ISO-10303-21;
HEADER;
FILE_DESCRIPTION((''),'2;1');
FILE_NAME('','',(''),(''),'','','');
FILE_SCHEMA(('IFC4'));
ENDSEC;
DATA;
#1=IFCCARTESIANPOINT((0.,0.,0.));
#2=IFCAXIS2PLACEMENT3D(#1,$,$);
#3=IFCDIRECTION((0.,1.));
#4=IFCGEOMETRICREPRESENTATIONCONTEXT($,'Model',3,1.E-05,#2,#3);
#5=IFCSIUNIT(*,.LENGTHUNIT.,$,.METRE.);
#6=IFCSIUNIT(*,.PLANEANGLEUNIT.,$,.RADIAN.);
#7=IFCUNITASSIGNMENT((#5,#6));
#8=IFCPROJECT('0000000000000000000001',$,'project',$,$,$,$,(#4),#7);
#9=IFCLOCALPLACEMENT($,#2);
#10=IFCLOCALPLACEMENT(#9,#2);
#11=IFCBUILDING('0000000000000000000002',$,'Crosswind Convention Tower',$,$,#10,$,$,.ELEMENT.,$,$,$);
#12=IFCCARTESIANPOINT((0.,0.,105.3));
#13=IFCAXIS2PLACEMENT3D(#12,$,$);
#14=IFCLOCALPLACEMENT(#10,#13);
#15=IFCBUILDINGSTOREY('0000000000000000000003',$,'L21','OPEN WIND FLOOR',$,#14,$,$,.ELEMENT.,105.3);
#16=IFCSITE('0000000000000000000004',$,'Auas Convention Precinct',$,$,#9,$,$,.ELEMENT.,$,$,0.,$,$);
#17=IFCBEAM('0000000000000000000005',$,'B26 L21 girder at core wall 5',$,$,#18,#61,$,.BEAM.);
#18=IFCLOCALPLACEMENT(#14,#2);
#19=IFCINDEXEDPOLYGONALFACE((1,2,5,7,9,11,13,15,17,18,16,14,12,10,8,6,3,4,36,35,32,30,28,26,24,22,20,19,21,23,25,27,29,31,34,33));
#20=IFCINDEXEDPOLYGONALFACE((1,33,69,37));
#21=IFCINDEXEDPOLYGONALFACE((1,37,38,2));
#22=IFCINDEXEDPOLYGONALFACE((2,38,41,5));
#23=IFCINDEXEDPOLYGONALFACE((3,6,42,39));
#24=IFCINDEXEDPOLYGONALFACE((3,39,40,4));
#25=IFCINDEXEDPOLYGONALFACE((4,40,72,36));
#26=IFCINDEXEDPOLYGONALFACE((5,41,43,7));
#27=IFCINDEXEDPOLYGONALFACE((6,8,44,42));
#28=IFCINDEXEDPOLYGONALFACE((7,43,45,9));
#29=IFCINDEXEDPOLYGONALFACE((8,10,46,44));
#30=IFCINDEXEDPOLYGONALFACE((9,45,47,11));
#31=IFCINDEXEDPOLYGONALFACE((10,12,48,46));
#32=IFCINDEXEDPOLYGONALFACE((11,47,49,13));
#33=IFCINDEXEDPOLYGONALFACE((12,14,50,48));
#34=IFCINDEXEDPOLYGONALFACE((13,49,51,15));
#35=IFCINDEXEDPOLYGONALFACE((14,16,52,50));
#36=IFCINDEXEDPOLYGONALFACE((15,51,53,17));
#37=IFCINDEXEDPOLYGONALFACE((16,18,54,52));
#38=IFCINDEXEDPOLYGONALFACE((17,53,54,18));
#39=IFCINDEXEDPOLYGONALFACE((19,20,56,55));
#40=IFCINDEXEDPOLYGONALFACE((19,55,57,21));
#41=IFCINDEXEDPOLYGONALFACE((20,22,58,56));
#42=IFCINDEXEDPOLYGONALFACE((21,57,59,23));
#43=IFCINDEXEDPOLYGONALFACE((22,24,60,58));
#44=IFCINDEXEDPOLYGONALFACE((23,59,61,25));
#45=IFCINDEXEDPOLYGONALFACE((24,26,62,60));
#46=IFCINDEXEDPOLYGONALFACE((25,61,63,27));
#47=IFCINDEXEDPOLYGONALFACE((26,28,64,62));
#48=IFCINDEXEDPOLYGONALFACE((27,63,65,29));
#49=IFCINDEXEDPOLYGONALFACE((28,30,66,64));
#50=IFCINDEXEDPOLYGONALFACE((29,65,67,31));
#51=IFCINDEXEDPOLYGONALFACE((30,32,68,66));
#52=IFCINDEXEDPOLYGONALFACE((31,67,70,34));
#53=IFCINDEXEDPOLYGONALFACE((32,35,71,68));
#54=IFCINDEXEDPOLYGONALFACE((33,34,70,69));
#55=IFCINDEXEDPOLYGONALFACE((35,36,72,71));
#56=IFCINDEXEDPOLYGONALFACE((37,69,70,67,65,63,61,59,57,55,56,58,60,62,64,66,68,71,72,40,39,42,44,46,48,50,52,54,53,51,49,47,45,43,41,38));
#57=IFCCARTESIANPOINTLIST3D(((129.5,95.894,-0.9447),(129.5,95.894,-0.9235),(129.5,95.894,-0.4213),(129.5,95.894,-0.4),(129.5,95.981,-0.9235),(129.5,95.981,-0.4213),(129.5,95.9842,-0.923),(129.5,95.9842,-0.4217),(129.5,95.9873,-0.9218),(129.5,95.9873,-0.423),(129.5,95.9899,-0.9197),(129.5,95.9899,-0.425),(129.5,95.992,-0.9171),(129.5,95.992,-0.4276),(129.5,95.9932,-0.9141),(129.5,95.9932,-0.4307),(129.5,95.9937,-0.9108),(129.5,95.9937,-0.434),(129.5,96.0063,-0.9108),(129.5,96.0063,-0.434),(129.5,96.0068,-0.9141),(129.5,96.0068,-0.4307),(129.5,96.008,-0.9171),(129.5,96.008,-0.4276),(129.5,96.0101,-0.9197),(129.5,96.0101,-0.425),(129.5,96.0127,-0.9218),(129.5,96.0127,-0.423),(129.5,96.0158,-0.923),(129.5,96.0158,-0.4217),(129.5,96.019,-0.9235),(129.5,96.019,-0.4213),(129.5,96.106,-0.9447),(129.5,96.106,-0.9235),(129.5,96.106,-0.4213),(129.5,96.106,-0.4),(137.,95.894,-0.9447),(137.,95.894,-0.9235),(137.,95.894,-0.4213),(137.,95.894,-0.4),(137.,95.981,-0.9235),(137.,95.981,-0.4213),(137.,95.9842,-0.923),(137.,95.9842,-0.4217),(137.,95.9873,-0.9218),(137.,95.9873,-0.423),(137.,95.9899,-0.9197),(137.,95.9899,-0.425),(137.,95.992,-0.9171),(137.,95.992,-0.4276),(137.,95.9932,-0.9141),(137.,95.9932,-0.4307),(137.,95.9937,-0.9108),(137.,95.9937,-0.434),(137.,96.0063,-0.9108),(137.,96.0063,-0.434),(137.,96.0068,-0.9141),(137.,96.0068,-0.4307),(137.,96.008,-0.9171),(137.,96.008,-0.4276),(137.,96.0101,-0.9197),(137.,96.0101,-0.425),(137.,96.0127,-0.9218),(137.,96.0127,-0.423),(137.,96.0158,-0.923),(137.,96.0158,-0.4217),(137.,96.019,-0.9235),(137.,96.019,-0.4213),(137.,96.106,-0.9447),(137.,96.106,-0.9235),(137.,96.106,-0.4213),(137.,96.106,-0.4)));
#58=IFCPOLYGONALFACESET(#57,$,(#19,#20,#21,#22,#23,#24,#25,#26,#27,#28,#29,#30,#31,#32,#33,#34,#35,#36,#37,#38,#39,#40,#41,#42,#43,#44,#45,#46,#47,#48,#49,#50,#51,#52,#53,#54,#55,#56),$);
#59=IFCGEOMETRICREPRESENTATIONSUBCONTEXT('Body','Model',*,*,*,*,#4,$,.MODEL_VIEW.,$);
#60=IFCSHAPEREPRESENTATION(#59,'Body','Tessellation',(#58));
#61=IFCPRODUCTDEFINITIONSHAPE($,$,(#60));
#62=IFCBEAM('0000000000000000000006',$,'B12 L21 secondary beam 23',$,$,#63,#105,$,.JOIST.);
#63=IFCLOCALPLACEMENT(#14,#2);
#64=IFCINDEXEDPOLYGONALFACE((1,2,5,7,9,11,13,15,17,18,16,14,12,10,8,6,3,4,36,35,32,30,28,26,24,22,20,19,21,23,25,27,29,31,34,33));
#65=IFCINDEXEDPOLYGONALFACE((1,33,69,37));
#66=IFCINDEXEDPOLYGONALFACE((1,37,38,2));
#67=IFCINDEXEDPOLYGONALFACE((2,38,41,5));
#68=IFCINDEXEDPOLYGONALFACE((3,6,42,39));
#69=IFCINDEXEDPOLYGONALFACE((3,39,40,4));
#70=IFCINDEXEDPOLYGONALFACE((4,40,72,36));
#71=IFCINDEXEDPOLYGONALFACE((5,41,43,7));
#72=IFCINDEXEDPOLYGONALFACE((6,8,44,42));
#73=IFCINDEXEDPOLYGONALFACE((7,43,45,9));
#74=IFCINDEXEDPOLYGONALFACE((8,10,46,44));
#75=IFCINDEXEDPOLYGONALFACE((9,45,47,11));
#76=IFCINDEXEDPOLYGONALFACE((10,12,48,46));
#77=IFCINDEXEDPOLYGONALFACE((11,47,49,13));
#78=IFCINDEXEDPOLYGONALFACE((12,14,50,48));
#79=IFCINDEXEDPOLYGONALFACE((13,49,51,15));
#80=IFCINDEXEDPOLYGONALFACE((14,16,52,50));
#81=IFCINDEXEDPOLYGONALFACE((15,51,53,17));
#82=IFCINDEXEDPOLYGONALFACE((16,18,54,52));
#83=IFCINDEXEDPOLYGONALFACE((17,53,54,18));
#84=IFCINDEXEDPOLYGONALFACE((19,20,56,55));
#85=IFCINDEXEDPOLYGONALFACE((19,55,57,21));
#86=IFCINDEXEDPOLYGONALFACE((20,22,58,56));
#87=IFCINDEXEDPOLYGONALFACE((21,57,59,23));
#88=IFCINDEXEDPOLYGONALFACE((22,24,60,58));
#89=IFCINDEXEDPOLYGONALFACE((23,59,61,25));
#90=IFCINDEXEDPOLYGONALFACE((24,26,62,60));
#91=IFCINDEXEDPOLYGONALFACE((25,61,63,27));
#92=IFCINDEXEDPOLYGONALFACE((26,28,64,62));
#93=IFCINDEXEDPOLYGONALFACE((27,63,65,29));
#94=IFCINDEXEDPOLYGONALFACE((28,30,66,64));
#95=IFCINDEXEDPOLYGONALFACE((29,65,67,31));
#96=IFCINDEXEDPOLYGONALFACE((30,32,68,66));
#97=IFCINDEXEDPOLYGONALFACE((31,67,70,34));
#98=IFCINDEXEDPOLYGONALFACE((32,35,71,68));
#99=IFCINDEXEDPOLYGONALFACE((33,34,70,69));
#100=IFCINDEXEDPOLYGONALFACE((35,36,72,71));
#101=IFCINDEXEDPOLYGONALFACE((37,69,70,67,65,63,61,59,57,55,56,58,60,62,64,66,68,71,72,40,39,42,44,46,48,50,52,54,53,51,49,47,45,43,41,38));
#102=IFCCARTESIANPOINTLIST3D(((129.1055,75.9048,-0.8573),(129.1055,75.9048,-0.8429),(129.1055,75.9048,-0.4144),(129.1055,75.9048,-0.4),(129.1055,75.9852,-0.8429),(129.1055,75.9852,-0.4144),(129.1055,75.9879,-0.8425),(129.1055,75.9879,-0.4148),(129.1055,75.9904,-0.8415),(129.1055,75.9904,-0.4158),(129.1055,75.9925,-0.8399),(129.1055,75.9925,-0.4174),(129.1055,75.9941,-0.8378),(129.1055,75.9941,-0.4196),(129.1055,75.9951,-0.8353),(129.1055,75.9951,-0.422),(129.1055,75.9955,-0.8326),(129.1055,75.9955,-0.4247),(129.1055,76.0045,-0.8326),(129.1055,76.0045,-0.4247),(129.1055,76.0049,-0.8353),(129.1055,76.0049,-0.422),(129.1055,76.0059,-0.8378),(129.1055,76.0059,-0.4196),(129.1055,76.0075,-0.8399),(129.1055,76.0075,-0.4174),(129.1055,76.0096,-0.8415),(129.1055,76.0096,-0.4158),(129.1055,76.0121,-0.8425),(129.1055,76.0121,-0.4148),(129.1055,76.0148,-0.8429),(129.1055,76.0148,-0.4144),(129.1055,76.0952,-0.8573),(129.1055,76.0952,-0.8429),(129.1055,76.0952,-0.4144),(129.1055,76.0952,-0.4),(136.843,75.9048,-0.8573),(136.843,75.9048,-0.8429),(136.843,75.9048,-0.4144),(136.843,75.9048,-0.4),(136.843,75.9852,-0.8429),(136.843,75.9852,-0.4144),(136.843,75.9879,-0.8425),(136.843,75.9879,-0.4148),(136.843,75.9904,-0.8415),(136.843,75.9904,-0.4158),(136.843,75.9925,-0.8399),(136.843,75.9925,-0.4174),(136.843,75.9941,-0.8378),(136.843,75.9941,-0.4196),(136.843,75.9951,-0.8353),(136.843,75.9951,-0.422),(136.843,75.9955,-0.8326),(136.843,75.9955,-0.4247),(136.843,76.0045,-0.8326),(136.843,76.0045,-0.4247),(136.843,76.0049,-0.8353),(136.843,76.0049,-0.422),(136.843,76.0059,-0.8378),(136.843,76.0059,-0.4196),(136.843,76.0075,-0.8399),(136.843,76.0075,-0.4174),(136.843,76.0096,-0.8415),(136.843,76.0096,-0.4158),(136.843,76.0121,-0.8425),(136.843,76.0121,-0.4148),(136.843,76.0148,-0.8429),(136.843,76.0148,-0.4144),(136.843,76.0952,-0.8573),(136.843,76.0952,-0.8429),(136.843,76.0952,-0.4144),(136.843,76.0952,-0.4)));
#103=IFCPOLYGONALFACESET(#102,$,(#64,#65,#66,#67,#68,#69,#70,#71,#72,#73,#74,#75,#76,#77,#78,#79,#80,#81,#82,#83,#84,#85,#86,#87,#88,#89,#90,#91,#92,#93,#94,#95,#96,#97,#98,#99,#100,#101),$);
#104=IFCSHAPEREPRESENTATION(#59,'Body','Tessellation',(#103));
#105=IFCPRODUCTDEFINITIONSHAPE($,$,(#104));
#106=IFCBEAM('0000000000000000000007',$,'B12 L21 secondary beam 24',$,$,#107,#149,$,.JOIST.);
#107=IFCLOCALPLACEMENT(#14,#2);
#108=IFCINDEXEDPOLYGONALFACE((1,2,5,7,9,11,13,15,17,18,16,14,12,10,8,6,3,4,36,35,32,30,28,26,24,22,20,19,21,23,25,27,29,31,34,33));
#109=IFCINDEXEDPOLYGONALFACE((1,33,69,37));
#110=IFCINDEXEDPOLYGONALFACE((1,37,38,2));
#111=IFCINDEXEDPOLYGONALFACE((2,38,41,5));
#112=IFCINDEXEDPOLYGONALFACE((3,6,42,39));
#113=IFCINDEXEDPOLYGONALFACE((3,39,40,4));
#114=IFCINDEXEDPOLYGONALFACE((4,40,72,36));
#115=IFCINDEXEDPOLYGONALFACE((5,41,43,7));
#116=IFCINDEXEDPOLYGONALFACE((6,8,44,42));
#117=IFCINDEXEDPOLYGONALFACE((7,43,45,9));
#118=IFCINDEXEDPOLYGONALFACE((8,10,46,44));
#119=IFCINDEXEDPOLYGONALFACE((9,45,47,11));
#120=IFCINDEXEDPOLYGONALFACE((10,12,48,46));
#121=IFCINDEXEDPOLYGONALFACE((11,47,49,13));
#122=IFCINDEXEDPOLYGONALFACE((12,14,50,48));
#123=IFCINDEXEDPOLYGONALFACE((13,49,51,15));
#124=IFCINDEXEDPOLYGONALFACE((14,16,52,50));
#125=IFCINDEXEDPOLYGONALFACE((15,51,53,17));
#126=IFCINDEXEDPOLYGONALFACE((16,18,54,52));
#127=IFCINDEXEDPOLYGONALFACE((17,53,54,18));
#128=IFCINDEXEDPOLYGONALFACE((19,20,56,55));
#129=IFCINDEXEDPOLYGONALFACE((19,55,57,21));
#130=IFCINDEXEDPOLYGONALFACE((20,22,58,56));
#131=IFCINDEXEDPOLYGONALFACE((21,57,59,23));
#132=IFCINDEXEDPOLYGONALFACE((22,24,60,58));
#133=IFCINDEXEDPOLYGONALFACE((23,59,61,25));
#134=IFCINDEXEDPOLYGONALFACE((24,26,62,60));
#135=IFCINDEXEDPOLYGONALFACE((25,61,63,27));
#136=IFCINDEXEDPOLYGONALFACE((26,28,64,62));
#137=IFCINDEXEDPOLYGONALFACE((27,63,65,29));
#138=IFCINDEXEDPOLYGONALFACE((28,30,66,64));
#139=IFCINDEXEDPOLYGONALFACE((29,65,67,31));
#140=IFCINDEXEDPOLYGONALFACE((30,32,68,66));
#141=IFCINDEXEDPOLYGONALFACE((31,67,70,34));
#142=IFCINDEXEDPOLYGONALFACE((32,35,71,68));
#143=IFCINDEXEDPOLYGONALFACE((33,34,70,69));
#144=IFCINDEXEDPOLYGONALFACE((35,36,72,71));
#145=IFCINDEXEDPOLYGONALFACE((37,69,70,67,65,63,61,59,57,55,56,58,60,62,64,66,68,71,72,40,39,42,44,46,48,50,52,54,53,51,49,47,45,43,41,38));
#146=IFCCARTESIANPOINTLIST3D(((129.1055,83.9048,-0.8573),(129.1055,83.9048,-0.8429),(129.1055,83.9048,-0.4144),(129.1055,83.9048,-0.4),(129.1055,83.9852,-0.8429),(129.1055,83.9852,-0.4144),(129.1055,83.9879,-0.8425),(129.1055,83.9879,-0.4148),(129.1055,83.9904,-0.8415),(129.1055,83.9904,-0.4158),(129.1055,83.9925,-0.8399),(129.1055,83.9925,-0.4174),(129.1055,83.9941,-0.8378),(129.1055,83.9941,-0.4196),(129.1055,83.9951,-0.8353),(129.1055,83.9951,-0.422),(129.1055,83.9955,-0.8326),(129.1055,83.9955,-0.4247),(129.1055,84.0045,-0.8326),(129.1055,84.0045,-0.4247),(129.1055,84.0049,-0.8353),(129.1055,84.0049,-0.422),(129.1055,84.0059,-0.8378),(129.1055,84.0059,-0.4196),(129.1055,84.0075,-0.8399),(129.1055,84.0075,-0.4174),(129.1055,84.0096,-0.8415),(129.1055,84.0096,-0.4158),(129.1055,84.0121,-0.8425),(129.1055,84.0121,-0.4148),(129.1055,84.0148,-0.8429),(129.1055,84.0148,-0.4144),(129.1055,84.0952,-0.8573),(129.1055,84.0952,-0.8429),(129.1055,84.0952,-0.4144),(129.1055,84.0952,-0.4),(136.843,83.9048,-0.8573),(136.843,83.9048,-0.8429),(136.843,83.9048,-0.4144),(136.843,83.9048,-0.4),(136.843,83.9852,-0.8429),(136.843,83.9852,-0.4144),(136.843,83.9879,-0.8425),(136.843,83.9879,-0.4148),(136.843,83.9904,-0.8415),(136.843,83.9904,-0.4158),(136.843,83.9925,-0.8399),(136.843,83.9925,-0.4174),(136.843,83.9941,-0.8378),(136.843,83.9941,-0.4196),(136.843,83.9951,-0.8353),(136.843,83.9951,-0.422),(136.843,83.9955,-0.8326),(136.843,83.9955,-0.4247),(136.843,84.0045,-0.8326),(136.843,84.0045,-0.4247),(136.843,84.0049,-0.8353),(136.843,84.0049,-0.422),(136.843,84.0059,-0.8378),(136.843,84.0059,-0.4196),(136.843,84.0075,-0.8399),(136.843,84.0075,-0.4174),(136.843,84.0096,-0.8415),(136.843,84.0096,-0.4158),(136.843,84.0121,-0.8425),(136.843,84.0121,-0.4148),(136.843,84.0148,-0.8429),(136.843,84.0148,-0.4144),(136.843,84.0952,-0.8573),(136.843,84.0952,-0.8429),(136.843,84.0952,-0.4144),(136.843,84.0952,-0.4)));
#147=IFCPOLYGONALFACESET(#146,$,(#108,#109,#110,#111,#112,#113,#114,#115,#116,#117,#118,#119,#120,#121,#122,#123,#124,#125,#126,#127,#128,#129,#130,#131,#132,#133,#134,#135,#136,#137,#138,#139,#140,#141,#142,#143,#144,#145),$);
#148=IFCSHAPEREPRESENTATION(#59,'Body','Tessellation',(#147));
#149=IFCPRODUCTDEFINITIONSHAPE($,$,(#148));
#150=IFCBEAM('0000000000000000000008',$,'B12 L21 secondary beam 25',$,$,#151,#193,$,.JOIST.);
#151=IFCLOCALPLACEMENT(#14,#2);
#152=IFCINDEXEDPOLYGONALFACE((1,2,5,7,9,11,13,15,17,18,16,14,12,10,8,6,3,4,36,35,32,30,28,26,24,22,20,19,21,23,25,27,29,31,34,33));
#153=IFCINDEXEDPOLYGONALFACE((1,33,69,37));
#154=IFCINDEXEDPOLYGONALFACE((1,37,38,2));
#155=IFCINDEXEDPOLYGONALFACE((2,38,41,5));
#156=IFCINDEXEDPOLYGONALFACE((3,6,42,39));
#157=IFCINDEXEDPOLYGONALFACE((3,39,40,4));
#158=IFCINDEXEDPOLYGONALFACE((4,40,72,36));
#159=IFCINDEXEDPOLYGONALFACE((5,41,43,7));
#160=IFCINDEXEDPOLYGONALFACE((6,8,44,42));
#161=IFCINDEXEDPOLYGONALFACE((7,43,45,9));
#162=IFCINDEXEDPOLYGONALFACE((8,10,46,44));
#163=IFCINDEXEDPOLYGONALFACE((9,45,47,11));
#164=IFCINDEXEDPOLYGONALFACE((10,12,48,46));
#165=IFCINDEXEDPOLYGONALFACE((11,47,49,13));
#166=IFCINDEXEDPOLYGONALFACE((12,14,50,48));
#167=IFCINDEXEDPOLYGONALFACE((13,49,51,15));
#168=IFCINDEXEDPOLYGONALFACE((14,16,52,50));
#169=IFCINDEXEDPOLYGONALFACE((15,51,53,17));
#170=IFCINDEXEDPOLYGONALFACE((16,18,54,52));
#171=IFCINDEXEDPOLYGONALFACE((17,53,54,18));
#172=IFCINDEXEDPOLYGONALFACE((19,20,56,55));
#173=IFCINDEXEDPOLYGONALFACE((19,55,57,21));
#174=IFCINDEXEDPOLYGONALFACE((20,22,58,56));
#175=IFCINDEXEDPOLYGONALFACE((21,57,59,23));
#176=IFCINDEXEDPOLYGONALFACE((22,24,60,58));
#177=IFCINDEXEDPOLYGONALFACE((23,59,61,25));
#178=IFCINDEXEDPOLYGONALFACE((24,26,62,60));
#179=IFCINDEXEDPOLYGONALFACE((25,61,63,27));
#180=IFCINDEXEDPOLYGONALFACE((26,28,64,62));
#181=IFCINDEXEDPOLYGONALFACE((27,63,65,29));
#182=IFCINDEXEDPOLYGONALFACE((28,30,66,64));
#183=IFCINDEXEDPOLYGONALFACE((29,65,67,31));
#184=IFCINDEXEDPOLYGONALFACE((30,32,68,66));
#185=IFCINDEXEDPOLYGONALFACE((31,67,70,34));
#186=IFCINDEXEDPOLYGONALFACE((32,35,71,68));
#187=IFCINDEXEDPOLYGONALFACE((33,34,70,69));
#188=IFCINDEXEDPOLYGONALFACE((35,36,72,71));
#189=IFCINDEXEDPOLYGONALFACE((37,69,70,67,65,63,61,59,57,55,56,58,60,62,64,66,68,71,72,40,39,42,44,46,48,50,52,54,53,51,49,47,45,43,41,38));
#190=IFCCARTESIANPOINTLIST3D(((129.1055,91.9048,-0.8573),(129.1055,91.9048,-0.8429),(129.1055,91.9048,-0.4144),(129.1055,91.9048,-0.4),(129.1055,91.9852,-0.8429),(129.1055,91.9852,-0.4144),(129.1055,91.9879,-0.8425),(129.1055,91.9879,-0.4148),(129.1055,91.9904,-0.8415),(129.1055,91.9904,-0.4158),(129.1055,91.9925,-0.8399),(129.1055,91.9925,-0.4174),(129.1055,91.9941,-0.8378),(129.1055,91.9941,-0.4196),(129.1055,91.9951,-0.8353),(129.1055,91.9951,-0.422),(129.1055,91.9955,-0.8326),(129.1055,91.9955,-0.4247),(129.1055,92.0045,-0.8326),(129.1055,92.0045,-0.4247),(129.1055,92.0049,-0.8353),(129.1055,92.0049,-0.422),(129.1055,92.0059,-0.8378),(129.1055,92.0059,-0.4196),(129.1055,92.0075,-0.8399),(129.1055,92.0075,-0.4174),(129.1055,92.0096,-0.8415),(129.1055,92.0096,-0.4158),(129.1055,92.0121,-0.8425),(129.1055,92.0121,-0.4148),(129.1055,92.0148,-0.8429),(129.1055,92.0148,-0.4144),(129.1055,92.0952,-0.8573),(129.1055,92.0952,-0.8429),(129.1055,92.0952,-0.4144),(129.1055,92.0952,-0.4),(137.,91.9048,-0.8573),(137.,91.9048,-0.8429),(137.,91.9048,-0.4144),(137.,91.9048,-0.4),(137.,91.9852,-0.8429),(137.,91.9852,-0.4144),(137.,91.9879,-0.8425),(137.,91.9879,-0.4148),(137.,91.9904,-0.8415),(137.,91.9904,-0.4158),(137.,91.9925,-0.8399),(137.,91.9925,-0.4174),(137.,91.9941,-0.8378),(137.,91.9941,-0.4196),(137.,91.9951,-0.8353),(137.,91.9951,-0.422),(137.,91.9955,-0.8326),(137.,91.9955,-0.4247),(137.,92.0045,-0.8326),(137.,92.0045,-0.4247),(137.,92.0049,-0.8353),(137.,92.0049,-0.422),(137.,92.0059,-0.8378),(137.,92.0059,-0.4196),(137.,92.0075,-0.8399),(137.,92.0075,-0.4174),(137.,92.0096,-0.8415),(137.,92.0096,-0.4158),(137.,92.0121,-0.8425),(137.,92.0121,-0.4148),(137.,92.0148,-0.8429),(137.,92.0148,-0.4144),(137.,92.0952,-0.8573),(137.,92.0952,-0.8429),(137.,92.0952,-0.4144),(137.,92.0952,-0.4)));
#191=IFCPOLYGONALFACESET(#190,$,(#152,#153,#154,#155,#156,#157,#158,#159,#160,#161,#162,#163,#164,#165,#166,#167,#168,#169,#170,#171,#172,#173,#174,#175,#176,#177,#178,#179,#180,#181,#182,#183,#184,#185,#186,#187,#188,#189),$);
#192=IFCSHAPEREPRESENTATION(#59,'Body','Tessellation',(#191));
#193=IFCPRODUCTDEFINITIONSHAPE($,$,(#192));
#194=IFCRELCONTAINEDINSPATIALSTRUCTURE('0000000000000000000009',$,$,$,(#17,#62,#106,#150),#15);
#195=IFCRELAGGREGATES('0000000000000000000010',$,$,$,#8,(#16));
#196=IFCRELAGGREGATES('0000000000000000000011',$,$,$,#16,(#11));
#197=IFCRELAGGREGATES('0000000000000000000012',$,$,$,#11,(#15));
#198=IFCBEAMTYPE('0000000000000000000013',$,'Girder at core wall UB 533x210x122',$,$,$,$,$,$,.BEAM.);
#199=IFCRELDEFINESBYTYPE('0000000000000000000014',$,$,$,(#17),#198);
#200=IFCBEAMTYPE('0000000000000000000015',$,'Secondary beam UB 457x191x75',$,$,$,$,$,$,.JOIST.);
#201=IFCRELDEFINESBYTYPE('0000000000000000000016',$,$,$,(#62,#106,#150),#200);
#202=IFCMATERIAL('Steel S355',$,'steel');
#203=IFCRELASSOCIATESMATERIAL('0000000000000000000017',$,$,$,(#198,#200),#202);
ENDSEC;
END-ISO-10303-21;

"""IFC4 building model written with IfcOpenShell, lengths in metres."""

from ifc_helpers import new_model, si_unit, direction, frame, origin, origin_2d, place, context, subcontext, project, spatial, i_section, extrude, material, material_profile, profile_set, type_object, element, save


model = new_model("IFC4")

# Units and contexts
model_context = context("Model", 3, precision=1e-05, world=origin(), true_north=direction((0.0, 1.0)))
body_context = subcontext(model_context, "Body", "Model", "MODEL_VIEW")
ifc_project = project(units=[si_unit("LENGTHUNIT", "METRE"), si_unit("PLANEANGLEUNIT", "RADIAN")], contexts=[model_context])

# Site, building, storey
site_placement = place(None, origin())
site = spatial("IfcSite", under=ifc_project, at=site_placement, Name="Auas Convention Precinct", CompositionType="ELEMENT", RefElevation=0.0)
building_placement = place(site_placement, origin())
building = spatial("IfcBuilding", under=site, at=building_placement, Name="Crosswind Convention Tower", CompositionType="ELEMENT")
storey_placement = place(building_placement, frame((0.0, 0.0, 105.3)))
storey = spatial("IfcBuildingStorey", under=building, at=storey_placement, Name="L21", Description="OPEN WIND FLOOR", CompositionType="ELEMENT", Elevation=105.3)

# Beams
ifc_material_1 = material(Name="Steel S355", Category="steel")
ifc_material_profile_1 = material_profile(ifc_material_1, i_section(OverallWidth=0.2119, OverallDepth=0.5447, WebThickness=0.0127, FlangeThickness=0.0212, FilletRadius=0.0127, at=origin_2d()), Name="UB 533x210x122")
ifc_profile_set_1 = profile_set([ifc_material_profile_1], Name="Steel S355")
beam_type_1 = type_object("IfcBeamType", Name="Girder at core wall UB 533x210x122", PredefinedType="BEAM", material=ifc_profile_set_1)
beam_1_placement = place(storey_placement, frame((129.5, 96.0, -0.6724), z_axis=(1.0, 0.0, 0.0), x_axis=(0.0, 1.0, 0.0)))
element("IfcBeam", 1, at=beam_1_placement, inside=storey, type_object=beam_type_1, Name="B26 L21 girder at core wall 5", PredefinedType="BEAM", context=body_context, shape_type="SweptSolid", body=[
    extrude(i_section(OverallWidth=0.2119, OverallDepth=0.5447, WebThickness=0.0127, FlangeThickness=0.0212, FilletRadius=0.0127, at=origin_2d()), origin(), (0.0, 0.0, 1.0), 7.5),
])
ifc_material_profile_2 = material_profile(ifc_material_1, i_section(OverallWidth=0.1904, OverallDepth=0.4573, WebThickness=0.009, FlangeThickness=0.0144, FilletRadius=0.0103, at=origin_2d()), Name="UB 457x191x75")
ifc_profile_set_2 = profile_set([ifc_material_profile_2], Name="Steel S355")
beam_type_2 = type_object("IfcBeamType", Name="Secondary beam UB 457x191x75", PredefinedType="JOIST", material=ifc_profile_set_2)
for number, where, z_axis, x_axis, name in (
    (2, (129.1055, 76.0, -0.6287), (1.0, 0.0, 0.0), (0.0, 1.0, 0.0), "B12 L21 secondary beam 23"),
    (3, (129.1055, 84.0, -0.6287), (1.0, 0.0, 0.0), (0.0, 1.0, 0.0), "B12 L21 secondary beam 24"),
):
    element("IfcBeam", number, at=place(storey_placement, frame(where, z_axis=z_axis, x_axis=x_axis)), inside=storey, type_object=beam_type_2, Name=name, PredefinedType="JOIST", context=body_context, shape_type="SweptSolid", body=[
        extrude(i_section(OverallWidth=0.1904, OverallDepth=0.4573, WebThickness=0.009, FlangeThickness=0.0144, FilletRadius=0.0103, at=origin_2d()), origin(), (0.0, 0.0, 1.0), 7.7375),
    ])
beam_2_placement = place(storey_placement, frame((129.1055, 92.0, -0.6287), z_axis=(1.0, 0.0, 0.0), x_axis=(0.0, 1.0, 0.0)))
element("IfcBeam", 4, at=beam_2_placement, inside=storey, type_object=beam_type_2, Name="B12 L21 secondary beam 25", PredefinedType="JOIST", context=body_context, shape_type="SweptSolid", body=[
    extrude(i_section(OverallWidth=0.1904, OverallDepth=0.4573, WebThickness=0.009, FlangeThickness=0.0144, FilletRadius=0.0103, at=origin_2d()), origin(), (0.0, 0.0, 1.0), 7.8945),
])

save(model, "model.ifc")
